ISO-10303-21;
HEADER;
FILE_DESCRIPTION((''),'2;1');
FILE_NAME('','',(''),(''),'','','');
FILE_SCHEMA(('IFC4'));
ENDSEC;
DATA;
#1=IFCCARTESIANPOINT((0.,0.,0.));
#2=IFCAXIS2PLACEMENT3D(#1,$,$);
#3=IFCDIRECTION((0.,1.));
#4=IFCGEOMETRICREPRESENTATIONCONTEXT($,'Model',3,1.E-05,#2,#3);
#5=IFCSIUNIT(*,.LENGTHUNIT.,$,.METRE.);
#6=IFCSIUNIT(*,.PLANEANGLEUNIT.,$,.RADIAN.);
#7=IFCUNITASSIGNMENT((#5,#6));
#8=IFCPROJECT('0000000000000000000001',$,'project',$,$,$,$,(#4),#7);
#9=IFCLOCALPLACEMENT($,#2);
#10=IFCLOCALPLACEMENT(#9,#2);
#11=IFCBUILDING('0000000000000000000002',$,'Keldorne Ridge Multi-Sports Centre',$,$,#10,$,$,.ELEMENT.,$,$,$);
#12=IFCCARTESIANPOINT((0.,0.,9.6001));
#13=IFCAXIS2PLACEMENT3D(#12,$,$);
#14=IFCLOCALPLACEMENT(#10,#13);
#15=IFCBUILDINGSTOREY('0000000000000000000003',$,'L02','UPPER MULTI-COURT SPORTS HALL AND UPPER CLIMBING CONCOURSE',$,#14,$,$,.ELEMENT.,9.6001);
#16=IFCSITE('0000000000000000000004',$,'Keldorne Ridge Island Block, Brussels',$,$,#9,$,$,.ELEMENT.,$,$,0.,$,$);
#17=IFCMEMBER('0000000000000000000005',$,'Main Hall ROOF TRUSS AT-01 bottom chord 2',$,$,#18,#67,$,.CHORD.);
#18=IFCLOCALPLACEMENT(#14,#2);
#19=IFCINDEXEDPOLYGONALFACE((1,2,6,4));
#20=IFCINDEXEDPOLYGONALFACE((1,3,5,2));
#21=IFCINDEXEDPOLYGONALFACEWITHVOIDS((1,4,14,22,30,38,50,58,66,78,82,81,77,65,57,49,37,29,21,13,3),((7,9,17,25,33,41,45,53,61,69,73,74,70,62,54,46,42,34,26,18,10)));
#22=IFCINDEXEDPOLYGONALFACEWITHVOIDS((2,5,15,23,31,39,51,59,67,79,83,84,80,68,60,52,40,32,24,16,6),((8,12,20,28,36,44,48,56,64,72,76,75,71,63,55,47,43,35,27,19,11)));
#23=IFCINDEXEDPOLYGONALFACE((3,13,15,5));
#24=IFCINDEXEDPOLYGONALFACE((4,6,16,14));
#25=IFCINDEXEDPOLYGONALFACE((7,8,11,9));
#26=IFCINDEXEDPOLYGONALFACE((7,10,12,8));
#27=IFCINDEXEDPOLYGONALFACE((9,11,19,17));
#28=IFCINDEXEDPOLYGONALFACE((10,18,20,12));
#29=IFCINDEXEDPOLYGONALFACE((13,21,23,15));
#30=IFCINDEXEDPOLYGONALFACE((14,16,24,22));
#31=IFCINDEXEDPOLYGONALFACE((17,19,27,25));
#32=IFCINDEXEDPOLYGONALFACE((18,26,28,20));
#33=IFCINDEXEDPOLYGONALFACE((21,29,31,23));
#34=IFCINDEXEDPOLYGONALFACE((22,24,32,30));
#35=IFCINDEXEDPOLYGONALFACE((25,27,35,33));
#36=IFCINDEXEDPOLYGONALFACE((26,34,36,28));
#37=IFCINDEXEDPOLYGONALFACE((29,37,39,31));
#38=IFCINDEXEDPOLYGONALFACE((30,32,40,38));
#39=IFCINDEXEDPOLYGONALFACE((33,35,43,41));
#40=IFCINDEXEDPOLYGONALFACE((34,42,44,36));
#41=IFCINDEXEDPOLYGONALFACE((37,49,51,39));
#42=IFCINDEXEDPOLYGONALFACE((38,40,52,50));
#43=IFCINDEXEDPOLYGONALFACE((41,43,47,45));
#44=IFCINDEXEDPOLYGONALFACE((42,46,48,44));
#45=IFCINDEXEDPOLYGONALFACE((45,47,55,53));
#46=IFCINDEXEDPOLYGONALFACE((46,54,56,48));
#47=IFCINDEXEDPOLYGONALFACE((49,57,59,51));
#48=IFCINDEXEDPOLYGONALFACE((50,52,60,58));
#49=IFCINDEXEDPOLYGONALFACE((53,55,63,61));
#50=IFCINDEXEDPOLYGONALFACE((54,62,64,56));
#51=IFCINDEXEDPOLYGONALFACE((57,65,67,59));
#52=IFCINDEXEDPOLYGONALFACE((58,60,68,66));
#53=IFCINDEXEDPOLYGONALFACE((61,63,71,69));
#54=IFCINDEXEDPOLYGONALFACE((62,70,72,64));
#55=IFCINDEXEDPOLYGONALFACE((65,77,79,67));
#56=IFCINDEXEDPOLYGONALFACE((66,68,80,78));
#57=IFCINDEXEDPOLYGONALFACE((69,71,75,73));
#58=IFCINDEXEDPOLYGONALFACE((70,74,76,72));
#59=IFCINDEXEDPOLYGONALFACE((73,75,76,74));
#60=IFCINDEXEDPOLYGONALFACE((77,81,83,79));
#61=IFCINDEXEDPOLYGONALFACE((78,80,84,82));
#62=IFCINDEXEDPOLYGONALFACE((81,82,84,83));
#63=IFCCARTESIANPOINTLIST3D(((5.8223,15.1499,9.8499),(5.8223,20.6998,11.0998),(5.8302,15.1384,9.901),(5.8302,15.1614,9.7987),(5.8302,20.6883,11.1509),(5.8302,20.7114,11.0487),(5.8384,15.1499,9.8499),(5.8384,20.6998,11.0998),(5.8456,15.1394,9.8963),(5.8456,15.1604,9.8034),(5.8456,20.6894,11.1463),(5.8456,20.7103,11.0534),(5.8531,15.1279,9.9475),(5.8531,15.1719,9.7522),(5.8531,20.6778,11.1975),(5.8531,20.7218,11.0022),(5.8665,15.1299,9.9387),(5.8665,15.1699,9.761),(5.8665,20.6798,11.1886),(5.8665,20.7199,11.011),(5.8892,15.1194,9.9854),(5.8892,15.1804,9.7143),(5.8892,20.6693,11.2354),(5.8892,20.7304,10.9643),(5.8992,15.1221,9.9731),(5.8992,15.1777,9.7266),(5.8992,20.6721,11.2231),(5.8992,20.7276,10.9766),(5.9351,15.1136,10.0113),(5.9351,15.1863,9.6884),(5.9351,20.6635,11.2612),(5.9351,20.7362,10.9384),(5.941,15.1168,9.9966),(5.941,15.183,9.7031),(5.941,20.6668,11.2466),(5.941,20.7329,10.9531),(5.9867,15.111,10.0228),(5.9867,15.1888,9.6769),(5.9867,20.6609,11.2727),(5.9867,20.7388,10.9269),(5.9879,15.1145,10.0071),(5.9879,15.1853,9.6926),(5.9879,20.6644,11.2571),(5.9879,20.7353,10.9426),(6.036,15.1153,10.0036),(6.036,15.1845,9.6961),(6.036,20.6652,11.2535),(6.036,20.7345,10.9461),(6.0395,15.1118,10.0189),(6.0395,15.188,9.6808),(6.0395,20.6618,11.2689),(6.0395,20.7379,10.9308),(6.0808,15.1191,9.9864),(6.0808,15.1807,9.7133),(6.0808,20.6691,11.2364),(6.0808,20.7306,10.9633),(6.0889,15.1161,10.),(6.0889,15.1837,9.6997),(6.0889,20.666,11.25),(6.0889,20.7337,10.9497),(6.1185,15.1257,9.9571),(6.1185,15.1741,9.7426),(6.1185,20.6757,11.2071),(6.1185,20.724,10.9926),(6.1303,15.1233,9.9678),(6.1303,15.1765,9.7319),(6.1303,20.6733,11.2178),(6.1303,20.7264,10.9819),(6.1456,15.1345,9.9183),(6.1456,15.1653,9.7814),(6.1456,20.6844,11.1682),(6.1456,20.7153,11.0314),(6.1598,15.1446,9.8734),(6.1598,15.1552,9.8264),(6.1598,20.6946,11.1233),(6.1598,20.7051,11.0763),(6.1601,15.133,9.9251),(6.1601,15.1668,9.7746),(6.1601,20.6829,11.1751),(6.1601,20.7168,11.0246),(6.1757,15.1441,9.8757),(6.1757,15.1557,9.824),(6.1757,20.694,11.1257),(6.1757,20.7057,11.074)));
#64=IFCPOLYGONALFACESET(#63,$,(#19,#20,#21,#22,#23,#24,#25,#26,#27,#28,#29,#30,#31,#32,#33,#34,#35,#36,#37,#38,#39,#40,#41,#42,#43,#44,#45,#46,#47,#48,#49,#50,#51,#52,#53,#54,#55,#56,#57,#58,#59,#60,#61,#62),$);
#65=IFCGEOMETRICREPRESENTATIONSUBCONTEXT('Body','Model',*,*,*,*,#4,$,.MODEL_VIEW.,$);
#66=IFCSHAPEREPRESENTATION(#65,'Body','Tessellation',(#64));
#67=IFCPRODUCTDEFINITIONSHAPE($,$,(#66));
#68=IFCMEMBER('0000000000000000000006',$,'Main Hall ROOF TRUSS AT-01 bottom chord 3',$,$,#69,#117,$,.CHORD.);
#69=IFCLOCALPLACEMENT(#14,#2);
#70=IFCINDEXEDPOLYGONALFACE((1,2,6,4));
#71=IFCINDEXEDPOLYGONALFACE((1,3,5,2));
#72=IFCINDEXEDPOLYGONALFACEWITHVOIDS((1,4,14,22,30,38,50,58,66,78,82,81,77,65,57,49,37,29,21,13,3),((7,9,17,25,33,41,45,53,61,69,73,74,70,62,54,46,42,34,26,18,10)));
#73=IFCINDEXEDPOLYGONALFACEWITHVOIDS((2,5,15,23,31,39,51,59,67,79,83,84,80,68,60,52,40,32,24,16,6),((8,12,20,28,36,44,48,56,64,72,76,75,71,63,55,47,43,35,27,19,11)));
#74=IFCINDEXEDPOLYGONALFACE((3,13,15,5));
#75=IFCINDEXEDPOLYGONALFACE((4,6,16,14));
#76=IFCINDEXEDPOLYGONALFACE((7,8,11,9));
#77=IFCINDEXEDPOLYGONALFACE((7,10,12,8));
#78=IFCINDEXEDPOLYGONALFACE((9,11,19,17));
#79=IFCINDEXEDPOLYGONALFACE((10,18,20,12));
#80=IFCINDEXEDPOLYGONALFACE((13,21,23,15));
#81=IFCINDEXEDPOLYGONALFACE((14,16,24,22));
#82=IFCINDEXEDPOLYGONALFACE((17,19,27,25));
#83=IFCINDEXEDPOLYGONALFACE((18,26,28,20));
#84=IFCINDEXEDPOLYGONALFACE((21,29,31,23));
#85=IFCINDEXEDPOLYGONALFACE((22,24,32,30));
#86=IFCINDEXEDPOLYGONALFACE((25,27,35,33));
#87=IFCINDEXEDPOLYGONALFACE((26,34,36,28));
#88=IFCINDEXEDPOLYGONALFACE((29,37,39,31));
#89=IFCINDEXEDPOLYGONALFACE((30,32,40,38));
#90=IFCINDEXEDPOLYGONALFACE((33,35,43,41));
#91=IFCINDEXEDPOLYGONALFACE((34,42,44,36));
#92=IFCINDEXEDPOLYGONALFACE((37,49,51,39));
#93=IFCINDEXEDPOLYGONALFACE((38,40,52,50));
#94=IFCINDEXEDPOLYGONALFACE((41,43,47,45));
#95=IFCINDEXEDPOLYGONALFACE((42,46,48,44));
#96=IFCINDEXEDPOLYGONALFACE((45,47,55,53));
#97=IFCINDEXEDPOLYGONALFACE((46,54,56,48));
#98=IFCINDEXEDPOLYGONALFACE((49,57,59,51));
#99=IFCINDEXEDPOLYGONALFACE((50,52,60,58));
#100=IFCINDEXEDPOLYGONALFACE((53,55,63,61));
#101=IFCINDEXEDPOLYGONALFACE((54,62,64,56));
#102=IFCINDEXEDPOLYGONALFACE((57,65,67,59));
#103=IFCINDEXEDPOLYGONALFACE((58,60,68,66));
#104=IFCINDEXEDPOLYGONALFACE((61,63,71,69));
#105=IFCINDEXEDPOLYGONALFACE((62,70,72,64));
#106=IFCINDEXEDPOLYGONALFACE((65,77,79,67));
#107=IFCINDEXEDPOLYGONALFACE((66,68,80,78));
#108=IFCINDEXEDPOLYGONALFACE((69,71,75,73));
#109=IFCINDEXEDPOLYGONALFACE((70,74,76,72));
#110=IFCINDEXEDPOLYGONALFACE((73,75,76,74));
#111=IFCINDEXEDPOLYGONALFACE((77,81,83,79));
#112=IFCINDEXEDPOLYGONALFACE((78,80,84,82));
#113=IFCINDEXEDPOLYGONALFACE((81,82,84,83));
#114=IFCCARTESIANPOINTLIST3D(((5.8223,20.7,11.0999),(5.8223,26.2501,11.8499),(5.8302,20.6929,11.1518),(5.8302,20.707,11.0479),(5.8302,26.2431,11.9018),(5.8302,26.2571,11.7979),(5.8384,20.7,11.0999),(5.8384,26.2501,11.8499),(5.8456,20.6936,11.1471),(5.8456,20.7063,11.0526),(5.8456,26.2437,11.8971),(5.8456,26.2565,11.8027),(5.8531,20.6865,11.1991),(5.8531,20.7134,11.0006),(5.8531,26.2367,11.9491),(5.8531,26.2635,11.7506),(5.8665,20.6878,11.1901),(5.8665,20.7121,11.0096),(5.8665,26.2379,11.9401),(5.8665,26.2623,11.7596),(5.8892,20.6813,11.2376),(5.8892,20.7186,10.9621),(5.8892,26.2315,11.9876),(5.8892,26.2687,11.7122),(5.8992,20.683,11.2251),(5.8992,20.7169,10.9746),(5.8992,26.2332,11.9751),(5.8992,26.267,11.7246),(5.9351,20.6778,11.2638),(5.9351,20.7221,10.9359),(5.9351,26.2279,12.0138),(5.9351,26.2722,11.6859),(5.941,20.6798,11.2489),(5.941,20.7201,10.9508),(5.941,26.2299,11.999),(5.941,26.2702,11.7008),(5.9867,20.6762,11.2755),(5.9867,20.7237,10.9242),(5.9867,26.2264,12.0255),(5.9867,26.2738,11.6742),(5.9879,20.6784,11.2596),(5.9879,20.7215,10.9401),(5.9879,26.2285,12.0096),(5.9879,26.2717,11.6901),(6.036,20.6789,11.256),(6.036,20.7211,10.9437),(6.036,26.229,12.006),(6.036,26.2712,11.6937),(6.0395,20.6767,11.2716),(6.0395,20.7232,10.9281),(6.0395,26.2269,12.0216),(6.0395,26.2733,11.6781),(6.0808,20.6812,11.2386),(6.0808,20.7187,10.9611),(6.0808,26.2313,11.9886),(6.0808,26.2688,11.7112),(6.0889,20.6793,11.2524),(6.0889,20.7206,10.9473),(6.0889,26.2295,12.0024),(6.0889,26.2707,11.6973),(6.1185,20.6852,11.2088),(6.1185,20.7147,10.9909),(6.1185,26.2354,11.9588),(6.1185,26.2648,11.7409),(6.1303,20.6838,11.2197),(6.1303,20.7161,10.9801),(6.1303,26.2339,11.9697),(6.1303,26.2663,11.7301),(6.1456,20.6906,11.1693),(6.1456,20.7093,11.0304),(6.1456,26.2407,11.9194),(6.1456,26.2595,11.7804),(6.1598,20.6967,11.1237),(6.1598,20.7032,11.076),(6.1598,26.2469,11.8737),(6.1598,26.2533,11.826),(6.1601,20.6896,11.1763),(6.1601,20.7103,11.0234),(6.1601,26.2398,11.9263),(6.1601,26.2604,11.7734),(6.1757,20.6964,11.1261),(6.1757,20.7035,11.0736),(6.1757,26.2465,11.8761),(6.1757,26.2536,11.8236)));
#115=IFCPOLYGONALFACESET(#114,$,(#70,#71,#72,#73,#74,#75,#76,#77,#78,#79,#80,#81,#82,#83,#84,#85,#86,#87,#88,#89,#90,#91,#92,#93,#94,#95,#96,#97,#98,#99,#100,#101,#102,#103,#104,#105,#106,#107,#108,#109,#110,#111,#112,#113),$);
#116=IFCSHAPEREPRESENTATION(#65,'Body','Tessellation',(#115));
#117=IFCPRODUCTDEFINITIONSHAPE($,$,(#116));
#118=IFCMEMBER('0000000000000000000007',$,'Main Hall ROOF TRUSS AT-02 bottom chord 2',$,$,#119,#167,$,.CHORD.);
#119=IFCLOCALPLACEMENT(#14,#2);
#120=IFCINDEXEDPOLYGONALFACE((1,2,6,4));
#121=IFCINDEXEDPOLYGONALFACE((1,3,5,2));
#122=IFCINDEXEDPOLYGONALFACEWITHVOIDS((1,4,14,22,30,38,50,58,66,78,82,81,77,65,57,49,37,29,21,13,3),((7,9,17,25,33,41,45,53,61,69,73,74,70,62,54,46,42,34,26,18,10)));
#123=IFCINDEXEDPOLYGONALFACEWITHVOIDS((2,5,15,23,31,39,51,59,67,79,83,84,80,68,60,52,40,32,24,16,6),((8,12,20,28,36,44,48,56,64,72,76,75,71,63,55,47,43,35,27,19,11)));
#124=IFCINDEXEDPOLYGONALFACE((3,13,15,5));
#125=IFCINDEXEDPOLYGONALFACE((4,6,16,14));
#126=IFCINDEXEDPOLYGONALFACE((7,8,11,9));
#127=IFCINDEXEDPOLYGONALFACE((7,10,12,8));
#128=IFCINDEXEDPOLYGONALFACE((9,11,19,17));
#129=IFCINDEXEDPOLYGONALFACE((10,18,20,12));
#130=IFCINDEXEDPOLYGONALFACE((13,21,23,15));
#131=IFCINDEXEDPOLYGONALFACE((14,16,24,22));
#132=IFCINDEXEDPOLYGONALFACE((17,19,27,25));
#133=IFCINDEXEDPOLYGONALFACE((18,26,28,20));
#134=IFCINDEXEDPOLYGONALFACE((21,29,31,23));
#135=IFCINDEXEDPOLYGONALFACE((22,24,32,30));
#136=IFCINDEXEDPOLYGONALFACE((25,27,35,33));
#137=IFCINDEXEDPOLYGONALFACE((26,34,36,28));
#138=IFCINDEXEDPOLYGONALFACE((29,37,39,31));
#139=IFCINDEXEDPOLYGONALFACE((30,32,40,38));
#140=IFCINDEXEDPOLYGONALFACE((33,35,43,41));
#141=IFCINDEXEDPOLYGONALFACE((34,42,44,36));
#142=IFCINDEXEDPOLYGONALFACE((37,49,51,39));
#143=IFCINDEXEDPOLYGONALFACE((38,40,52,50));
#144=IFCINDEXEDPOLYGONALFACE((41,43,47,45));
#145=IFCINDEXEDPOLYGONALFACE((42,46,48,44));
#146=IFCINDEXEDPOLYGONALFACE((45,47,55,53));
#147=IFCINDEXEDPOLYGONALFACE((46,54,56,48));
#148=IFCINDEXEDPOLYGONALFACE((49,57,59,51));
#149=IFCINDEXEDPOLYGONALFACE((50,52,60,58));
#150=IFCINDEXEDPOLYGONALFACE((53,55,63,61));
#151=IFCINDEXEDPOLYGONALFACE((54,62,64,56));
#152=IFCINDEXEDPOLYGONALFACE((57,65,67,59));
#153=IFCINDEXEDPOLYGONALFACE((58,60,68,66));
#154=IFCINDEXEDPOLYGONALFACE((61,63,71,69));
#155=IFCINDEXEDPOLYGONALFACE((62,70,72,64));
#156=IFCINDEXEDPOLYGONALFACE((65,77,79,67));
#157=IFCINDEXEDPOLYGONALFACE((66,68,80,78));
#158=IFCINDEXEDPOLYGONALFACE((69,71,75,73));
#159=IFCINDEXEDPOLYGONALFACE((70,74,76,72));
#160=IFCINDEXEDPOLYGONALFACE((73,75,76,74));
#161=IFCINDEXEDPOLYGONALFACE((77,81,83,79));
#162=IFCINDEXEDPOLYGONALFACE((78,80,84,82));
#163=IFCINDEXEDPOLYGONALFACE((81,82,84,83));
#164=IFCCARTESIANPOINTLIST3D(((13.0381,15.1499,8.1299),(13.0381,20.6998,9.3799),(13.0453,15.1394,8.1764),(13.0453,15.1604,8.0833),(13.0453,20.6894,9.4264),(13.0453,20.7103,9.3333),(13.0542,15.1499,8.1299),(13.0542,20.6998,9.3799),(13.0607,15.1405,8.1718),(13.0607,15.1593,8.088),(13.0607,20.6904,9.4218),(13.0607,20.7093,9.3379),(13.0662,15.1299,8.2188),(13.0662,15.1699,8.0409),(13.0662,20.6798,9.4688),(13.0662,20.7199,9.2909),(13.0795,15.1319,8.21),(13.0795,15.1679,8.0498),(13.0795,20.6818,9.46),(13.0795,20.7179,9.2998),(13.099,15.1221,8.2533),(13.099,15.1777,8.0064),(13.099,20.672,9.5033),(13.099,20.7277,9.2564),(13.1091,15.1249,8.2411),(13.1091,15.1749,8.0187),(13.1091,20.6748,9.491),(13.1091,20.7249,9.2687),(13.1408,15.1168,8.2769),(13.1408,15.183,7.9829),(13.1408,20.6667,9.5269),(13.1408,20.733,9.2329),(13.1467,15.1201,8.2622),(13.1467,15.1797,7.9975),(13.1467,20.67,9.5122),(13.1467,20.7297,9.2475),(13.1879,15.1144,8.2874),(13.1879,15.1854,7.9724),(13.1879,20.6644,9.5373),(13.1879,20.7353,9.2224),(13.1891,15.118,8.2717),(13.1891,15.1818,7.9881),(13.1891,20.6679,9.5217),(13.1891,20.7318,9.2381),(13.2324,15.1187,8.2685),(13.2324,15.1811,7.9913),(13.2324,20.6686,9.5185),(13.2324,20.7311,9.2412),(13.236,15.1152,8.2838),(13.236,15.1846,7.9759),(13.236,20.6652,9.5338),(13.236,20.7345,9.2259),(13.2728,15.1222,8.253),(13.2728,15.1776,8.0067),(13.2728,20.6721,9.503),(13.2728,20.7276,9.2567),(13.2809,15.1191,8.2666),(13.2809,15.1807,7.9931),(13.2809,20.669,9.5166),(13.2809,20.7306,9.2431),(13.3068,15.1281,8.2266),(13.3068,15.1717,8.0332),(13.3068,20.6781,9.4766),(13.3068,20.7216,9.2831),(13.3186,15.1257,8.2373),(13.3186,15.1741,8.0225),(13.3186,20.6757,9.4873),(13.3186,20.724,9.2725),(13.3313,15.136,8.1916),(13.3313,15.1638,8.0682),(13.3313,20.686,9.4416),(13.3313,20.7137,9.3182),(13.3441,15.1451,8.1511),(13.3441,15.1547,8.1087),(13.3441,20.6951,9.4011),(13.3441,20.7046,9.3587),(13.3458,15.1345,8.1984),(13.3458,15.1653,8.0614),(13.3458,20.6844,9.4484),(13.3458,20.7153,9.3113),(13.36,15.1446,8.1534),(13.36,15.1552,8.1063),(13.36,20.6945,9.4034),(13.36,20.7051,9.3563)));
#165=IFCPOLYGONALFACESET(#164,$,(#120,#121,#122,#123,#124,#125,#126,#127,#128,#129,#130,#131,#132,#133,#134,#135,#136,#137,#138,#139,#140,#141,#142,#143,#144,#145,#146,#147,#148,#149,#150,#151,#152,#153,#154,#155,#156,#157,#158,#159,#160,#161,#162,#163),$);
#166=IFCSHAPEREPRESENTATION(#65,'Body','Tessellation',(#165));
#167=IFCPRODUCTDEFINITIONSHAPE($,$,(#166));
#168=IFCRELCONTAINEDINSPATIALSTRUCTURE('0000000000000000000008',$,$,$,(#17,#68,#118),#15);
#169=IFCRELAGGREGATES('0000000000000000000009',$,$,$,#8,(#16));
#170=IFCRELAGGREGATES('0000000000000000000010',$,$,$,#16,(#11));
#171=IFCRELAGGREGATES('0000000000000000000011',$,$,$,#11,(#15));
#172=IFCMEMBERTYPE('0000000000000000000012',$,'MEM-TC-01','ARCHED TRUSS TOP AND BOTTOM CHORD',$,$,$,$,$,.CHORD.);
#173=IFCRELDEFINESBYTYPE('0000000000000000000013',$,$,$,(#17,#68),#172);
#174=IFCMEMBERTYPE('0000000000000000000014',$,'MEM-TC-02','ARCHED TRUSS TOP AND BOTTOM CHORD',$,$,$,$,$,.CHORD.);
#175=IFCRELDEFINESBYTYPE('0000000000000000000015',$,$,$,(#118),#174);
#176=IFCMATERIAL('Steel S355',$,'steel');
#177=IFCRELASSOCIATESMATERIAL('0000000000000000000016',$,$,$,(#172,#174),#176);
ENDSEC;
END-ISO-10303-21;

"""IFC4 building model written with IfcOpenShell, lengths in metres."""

from ifc_helpers import new_model, si_unit, direction, frame, origin, origin_2d, place, context, subcontext, project, spatial, hollow_circle, extrude, material, material_profile, profile_set, type_object, element, save


model = new_model("IFC4")

# Units and contexts
model_context = context("Model", 3, precision=1e-05, world=origin(), true_north=direction((0.0, 1.0)))
body_context = subcontext(model_context, "Body", "Model", "MODEL_VIEW")
ifc_project = project(units=[si_unit("LENGTHUNIT", "METRE"), si_unit("PLANEANGLEUNIT", "RADIAN")], contexts=[model_context])

# Site, building, storey
site_placement = place(None, origin())
site = spatial("IfcSite", under=ifc_project, at=site_placement, Name="Keldorne Ridge Island Block, Brussels", CompositionType="ELEMENT", RefElevation=0.0)
building_placement = place(site_placement, origin())
building = spatial("IfcBuilding", under=site, at=building_placement, Name="Keldorne Ridge Multi-Sports Centre", CompositionType="ELEMENT")
storey_placement = place(building_placement, frame((0.0, 0.0, 9.6001)))
storey = spatial("IfcBuildingStorey", under=building, at=storey_placement, Name="L02", Description="UPPER MULTI-COURT SPORTS HALL AND UPPER CLIMBING CONCOURSE", CompositionType="ELEMENT", Elevation=9.6001)

# Members
ifc_material_1 = material(Name="Steel S355", Category="steel")
ifc_material_profile_1 = material_profile(ifc_material_1, hollow_circle(Radius=0.1777, WallThickness=0.0161, at=origin_2d()), Name="CHS 355.6x16")
ifc_profile_set_1 = profile_set([ifc_material_profile_1], Name="Steel S355")
member_type_1 = type_object("IfcMemberType", Name="MEM-TC-01", Description="ARCHED TRUSS TOP AND BOTTOM CHORD", PredefinedType="CHORD", material=ifc_profile_set_1)
member_1_placement = place(storey_placement, frame((6.0, 15.1499, 9.8499), z_axis=(0.0, 0.975563, 0.219719), x_axis=(-1.0, 0.0, 0.0)))
element("IfcMember", 1, at=member_1_placement, inside=storey, type_object=member_type_1, Name="Main Hall ROOF TRUSS AT-01 bottom chord 2", PredefinedType="CHORD", context=body_context, shape_type="SweptSolid", body=[
    extrude(hollow_circle(Radius=0.1777, WallThickness=0.0161, at=origin_2d()), origin(), (0.0, 0.0, 1.0), 5.689),
])
member_2_placement = place(storey_placement, frame((6.0, 20.7, 11.0999), z_axis=(0.0, 0.990993, 0.133917), x_axis=(-1.0, 0.0, 0.0)))
element("IfcMember", 2, at=member_2_placement, inside=storey, type_object=member_type_1, Name="Main Hall ROOF TRUSS AT-01 bottom chord 3", PredefinedType="CHORD", context=body_context, shape_type="SweptSolid", body=[
    extrude(hollow_circle(Radius=0.1777, WallThickness=0.0161, at=origin_2d()), origin(), (0.0, 0.0, 1.0), 5.6006),
])
ifc_material_profile_2 = material_profile(ifc_material_1, hollow_circle(Radius=0.1619, WallThickness=0.0161, at=origin_2d()), Name="CHS 323.9x16")
ifc_profile_set_2 = profile_set([ifc_material_profile_2], Name="Steel S355")
member_type_2 = type_object("IfcMemberType", Name="MEM-TC-02", Description="ARCHED TRUSS TOP AND BOTTOM CHORD", PredefinedType="CHORD", material=ifc_profile_set_2)
member_3_placement = place(storey_placement, frame((13.2, 15.1499, 8.1299), z_axis=(0.0, 0.975563, 0.219719), x_axis=(-1.0, 0.0, 0.0)))
element("IfcMember", 3, at=member_3_placement, inside=storey, type_object=member_type_2, Name="Main Hall ROOF TRUSS AT-02 bottom chord 2", PredefinedType="CHORD", context=body_context, shape_type="SweptSolid", body=[
    extrude(hollow_circle(Radius=0.1619, WallThickness=0.0161, at=origin_2d()), origin(), (0.0, 0.0, 1.0), 5.689),
])

save(model, "model.ifc")
